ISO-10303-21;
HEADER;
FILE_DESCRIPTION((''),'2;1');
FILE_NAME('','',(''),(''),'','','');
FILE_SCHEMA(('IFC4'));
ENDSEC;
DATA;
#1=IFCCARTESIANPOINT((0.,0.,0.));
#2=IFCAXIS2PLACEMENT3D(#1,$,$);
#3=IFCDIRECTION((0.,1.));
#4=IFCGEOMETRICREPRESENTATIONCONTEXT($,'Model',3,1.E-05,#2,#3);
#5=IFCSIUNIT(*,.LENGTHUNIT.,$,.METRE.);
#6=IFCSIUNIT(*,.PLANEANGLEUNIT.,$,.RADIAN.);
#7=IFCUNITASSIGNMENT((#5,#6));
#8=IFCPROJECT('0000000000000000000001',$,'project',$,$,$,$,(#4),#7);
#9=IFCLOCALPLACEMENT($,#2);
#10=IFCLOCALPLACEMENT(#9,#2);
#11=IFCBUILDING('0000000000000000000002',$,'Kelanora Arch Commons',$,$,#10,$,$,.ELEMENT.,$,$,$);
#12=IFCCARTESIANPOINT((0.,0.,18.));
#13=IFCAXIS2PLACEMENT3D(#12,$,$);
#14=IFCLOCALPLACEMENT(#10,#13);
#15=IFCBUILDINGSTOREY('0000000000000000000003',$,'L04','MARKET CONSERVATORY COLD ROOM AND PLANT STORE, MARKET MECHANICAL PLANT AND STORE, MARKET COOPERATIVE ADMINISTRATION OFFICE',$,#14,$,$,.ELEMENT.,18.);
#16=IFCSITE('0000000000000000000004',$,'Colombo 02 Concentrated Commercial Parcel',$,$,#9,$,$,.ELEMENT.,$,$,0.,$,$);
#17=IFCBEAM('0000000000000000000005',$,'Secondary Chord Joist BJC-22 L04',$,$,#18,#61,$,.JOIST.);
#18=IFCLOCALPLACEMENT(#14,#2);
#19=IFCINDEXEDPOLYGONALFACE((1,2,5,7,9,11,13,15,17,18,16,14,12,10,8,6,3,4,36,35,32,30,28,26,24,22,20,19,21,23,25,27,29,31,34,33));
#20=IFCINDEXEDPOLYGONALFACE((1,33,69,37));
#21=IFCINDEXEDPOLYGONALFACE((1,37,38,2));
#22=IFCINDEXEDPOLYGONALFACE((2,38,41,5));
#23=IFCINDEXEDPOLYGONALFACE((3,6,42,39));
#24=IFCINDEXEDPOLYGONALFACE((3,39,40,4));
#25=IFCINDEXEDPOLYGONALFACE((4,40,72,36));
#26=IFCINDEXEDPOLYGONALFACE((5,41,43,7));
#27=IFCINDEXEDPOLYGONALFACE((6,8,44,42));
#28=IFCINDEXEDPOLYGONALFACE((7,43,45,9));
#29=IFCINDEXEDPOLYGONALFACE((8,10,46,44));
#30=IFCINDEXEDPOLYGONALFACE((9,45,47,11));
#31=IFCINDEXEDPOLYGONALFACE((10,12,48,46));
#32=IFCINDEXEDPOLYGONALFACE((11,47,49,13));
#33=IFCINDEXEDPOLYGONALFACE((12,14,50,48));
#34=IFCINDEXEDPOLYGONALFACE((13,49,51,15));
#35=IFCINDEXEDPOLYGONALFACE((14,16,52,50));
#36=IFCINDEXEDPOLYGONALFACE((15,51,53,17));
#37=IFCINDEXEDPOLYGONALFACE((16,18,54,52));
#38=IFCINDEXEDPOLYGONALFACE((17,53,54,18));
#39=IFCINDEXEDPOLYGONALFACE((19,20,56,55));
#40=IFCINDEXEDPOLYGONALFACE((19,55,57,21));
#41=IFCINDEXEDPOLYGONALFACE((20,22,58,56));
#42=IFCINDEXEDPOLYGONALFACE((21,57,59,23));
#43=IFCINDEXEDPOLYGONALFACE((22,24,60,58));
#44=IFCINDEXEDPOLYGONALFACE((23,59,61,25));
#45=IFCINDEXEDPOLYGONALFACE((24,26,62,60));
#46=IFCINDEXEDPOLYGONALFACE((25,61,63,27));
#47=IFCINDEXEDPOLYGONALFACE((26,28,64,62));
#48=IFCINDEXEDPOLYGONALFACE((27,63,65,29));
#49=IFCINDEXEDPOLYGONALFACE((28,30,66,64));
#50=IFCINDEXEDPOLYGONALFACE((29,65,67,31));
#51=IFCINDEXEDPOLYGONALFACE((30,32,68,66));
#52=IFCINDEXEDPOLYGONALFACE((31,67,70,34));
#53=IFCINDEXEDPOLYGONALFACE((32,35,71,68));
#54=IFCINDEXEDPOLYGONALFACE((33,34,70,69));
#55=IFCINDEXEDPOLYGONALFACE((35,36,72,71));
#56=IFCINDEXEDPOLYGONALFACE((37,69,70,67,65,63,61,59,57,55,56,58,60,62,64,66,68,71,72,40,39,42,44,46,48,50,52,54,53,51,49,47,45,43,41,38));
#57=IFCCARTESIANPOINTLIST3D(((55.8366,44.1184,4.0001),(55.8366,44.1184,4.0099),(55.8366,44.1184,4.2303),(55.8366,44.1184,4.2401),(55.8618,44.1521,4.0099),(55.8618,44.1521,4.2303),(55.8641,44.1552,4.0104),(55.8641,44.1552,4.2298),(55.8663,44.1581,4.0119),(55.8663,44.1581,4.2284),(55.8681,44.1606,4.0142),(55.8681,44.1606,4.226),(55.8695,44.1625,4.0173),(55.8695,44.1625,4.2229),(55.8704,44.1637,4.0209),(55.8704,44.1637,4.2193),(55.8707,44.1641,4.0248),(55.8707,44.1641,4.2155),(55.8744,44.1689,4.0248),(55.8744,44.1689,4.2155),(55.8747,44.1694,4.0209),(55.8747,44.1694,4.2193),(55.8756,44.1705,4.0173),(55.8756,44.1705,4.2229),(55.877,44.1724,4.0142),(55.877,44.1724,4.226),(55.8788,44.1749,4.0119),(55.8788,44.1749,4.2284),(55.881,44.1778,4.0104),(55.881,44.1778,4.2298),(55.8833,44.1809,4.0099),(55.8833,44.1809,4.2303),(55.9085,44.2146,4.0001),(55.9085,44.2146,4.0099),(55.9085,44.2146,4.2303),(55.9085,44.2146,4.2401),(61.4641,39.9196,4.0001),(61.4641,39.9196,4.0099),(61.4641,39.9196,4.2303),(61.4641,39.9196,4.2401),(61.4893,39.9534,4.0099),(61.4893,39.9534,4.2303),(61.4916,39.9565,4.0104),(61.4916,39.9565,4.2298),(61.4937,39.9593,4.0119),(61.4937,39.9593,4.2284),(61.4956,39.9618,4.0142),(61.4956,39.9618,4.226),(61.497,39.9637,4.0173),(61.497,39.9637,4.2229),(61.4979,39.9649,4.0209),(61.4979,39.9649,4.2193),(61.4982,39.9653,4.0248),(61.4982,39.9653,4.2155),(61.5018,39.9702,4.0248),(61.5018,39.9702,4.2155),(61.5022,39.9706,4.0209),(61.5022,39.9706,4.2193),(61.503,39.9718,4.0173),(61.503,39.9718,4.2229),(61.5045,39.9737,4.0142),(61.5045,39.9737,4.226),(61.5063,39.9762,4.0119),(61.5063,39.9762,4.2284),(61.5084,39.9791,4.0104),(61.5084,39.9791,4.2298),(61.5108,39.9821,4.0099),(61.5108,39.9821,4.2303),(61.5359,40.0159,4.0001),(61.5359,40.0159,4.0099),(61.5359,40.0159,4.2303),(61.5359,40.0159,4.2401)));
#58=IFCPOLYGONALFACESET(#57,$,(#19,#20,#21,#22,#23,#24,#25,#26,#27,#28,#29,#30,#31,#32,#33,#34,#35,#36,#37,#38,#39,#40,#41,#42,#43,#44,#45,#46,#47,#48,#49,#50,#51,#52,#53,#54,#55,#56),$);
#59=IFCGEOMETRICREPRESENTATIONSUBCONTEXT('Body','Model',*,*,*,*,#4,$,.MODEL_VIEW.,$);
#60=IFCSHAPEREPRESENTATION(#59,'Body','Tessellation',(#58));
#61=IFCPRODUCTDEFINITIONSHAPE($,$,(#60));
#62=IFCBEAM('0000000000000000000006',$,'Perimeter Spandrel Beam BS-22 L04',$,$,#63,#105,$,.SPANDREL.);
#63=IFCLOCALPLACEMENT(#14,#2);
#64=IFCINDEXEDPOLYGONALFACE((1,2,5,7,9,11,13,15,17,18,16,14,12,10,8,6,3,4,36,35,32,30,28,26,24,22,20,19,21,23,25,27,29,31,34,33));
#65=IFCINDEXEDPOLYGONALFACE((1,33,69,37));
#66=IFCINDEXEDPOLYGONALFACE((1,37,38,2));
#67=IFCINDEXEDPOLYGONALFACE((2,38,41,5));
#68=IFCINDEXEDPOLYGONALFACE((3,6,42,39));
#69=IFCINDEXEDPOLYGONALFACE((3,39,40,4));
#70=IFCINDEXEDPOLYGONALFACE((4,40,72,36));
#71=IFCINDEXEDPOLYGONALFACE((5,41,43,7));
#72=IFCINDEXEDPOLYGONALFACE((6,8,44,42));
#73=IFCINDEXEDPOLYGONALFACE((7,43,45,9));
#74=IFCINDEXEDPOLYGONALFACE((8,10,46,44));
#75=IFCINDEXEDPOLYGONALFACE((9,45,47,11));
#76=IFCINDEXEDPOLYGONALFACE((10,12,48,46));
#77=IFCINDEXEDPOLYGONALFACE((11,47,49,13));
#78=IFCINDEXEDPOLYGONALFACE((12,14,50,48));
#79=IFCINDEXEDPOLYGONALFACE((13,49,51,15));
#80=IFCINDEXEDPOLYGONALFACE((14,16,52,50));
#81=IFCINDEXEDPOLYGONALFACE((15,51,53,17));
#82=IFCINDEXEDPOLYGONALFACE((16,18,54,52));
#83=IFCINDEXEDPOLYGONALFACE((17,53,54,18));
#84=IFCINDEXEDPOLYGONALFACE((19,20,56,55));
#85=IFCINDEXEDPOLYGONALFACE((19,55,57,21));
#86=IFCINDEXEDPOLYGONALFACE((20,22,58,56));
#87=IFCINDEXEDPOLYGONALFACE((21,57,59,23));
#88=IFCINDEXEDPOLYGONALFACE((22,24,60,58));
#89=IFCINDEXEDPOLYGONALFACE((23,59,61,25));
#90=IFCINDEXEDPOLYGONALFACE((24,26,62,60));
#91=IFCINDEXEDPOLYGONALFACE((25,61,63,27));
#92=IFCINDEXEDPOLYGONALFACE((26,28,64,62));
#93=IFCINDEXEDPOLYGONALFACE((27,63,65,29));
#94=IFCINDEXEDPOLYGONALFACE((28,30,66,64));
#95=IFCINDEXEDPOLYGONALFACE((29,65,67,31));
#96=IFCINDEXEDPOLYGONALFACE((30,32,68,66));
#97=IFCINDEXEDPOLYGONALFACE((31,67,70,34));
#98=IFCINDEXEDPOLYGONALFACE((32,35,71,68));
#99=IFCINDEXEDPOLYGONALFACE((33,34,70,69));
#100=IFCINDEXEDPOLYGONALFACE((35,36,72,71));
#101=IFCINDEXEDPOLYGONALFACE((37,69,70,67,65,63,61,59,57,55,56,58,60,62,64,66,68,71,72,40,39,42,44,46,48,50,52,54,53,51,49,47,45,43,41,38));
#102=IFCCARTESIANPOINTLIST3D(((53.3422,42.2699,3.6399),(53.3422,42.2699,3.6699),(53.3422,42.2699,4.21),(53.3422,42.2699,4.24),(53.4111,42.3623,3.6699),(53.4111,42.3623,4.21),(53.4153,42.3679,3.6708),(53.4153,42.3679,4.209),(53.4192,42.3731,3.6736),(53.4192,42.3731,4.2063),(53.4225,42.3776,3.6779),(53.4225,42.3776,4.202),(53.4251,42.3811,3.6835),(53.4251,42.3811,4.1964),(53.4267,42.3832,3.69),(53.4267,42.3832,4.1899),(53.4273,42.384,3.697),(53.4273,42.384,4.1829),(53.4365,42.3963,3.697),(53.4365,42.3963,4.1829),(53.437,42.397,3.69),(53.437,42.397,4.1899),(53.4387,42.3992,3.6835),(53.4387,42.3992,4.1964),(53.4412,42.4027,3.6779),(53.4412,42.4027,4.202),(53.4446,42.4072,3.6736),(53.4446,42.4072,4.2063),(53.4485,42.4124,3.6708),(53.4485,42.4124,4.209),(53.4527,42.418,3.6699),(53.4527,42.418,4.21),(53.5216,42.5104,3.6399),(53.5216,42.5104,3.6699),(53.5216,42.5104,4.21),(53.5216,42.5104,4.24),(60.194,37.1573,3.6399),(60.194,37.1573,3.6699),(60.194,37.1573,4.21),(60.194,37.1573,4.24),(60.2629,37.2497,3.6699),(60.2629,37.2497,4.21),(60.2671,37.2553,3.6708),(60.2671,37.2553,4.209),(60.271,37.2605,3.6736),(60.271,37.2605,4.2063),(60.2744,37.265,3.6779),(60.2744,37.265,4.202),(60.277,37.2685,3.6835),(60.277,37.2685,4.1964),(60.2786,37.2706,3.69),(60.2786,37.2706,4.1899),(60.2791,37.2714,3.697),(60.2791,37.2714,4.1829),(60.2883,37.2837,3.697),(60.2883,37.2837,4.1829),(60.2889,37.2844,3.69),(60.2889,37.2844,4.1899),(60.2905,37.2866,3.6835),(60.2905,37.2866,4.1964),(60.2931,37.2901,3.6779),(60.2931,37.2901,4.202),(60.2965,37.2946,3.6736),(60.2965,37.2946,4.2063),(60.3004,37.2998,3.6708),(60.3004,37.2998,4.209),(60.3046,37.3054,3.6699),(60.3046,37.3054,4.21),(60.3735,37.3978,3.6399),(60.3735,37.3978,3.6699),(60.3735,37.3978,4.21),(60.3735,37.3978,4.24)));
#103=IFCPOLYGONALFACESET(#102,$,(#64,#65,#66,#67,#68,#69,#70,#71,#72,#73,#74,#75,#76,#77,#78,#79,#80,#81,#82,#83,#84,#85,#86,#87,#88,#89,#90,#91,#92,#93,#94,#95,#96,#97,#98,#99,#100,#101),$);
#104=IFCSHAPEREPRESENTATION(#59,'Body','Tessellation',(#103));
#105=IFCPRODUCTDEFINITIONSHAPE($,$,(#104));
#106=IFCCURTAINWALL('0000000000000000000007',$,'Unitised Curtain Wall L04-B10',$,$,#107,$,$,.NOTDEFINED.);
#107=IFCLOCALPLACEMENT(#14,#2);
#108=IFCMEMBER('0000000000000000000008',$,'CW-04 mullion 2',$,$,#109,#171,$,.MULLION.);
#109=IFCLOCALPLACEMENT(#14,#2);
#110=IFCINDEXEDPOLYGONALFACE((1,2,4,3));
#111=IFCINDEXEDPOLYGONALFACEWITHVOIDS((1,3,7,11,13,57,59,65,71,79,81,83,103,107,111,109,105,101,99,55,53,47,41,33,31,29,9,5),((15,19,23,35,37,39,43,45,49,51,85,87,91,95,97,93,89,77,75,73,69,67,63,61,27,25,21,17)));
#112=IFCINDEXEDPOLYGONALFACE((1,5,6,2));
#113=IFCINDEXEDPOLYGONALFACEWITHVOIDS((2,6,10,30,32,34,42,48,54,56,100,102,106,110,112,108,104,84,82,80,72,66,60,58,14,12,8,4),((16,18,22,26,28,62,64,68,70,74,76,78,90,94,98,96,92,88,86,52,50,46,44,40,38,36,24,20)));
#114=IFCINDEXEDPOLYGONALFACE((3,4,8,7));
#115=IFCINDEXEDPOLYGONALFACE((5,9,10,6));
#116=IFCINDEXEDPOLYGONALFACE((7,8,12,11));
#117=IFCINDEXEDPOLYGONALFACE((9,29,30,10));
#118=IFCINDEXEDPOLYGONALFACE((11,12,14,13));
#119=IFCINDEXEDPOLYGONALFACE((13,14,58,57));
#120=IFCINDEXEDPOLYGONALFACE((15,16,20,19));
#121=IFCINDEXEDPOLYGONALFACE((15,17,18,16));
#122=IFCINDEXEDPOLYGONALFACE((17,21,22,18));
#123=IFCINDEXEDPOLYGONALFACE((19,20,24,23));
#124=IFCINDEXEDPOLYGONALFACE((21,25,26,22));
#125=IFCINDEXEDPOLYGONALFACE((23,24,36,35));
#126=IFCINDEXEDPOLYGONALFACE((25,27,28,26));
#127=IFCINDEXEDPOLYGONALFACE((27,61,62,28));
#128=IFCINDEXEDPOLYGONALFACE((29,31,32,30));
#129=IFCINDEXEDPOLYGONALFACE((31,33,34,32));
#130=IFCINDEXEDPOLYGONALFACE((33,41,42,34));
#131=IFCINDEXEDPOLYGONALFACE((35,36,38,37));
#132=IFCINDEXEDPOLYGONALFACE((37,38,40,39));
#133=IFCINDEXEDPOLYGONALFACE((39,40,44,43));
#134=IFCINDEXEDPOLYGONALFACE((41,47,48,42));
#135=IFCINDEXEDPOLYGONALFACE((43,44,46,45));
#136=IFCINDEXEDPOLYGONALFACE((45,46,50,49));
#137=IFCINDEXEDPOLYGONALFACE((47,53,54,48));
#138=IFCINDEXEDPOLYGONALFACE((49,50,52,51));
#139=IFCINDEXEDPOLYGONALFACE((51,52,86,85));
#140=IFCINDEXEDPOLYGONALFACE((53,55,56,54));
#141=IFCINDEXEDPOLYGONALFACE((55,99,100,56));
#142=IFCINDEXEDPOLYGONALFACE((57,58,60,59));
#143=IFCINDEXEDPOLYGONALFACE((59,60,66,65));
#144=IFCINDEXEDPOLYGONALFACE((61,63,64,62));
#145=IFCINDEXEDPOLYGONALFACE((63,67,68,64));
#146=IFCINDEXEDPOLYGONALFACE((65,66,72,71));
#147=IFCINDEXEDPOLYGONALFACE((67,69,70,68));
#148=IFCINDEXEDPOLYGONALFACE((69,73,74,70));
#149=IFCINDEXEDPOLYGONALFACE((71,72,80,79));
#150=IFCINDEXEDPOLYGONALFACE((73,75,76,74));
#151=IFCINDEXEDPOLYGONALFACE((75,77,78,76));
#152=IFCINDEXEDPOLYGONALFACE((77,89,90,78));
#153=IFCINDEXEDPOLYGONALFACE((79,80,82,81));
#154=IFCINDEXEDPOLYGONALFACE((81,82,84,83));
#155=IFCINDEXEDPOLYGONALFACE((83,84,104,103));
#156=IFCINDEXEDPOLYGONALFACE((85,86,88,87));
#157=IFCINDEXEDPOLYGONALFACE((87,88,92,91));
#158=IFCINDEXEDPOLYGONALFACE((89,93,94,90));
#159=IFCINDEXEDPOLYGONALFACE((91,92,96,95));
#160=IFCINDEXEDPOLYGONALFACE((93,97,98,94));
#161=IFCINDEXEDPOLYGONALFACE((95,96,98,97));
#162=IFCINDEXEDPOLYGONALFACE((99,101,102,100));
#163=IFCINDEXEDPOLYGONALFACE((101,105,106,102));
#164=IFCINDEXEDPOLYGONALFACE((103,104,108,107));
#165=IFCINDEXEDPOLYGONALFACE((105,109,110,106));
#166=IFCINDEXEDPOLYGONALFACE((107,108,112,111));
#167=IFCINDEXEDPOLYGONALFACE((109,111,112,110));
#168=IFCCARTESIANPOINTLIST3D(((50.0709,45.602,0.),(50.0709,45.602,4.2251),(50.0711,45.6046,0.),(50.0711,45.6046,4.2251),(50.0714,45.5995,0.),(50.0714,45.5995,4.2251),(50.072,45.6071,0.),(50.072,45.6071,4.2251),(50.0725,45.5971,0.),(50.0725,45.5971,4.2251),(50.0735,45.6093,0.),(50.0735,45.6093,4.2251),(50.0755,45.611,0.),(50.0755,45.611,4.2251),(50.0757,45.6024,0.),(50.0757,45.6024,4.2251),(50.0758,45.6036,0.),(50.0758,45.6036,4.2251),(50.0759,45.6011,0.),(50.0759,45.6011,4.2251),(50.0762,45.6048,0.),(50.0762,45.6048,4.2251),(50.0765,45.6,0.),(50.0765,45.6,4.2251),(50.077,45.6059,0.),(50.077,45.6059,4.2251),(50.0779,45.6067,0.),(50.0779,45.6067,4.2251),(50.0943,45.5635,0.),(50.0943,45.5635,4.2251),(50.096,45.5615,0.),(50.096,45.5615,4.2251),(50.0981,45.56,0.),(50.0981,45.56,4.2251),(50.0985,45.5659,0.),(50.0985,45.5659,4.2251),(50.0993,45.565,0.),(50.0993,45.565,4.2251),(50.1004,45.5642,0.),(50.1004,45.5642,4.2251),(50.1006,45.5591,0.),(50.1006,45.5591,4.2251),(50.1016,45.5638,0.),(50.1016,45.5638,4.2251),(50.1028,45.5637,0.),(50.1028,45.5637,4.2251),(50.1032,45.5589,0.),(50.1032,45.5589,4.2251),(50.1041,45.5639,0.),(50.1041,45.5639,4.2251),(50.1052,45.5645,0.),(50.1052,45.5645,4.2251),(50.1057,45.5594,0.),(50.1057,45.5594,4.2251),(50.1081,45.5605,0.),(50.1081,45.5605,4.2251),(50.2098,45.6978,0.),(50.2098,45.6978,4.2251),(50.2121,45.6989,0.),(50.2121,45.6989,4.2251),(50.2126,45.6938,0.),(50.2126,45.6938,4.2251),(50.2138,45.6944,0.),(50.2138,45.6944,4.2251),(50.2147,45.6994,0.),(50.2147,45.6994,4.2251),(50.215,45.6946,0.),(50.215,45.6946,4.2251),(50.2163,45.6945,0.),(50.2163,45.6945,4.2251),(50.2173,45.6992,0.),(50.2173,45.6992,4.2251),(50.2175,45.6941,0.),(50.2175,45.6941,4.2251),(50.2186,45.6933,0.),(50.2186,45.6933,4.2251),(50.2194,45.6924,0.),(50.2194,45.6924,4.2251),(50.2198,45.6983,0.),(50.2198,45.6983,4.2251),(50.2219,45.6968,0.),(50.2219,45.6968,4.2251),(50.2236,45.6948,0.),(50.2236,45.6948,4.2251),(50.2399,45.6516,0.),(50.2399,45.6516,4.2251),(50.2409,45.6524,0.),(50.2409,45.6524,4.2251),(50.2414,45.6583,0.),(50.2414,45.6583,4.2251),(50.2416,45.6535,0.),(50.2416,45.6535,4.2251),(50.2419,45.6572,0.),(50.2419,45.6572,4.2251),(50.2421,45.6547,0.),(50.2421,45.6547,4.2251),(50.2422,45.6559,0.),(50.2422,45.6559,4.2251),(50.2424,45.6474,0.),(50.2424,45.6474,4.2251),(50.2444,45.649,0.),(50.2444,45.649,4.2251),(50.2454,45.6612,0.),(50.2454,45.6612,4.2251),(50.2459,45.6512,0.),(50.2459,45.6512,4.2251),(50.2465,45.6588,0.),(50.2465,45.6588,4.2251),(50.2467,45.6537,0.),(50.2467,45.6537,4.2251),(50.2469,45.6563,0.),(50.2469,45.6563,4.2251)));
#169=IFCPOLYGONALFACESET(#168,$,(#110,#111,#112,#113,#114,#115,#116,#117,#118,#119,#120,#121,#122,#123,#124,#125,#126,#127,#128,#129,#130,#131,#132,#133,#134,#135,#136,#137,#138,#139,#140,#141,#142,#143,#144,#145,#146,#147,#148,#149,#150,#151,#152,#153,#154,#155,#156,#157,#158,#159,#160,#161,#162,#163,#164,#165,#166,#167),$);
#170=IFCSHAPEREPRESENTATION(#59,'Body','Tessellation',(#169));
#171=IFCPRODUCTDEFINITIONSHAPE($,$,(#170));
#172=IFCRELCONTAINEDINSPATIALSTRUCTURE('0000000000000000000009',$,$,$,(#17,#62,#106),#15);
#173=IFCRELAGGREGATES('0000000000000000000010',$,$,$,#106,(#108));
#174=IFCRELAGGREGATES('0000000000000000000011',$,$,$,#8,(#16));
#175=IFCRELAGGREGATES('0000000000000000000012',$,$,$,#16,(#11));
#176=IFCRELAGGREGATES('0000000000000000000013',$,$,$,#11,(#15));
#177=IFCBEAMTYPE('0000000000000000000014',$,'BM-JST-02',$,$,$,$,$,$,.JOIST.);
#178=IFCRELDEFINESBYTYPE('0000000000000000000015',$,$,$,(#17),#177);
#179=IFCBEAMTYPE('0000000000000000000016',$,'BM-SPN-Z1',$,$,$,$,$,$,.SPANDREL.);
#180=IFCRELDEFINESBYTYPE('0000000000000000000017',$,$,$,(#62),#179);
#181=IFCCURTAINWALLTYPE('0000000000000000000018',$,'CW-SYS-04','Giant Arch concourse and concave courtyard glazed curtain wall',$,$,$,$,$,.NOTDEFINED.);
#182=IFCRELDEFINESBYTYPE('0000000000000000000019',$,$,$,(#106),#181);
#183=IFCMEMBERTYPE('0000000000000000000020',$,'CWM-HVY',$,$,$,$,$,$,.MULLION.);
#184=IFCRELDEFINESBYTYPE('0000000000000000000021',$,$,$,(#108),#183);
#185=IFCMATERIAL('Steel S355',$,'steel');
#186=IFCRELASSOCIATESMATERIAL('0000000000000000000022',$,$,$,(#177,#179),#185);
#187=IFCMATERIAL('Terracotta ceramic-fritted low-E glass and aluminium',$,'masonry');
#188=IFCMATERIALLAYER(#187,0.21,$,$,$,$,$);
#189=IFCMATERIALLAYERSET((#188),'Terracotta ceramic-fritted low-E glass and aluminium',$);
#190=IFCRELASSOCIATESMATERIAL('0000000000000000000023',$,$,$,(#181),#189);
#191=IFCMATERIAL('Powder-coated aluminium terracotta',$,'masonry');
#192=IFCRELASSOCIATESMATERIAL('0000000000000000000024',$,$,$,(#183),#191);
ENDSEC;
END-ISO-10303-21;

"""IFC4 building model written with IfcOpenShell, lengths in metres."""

from ifc_helpers import new_model, si_unit, direction, frame, origin, origin_2d, place, context, subcontext, project, spatial, hollow_rectangle, i_section, extrude, material, layer, layer_set, material_profile, profile_set, type_object, element, aggregate, save


model = new_model("IFC4")

# Units and contexts
model_context = context("Model", 3, precision=1e-05, world=origin(), true_north=direction((0.0, 1.0)))
body_context = subcontext(model_context, "Body", "Model", "MODEL_VIEW")
ifc_project = project(units=[si_unit("LENGTHUNIT", "METRE"), si_unit("PLANEANGLEUNIT", "RADIAN")], contexts=[model_context])

# Site, building, storey
site_placement = place(None, origin())
site = spatial("IfcSite", under=ifc_project, at=site_placement, Name="Colombo 02 Concentrated Commercial Parcel", CompositionType="ELEMENT", RefElevation=0.0)
building_placement = place(site_placement, origin())
building = spatial("IfcBuilding", under=site, at=building_placement, Name="Kelanora Arch Commons", CompositionType="ELEMENT")
storey_placement = place(building_placement, frame((0.0, 0.0, 18.0)))
storey = spatial("IfcBuildingStorey", under=building, at=storey_placement, Name="L04", Description="MARKET CONSERVATORY COLD ROOM AND PLANT STORE, MARKET MECHANICAL PLANT AND STORE, MARKET COOPERATIVE ADMINISTRATION OFFICE", CompositionType="ELEMENT", Elevation=18.0)

# Beams
ifc_material_1 = material(Name="Steel S355", Category="steel")
ifc_material_profile_1 = material_profile(ifc_material_1, i_section(OverallWidth=0.1201, OverallDepth=0.24, WebThickness=0.0061, FlangeThickness=0.0098, FilletRadius=0.0149, at=origin_2d()), Name="IPE240")
ifc_profile_set_1 = profile_set([ifc_material_profile_1], Name="Steel S355")
beam_type_1 = type_object("IfcBeamType", Name="BM-JST-02", PredefinedType="JOIST", material=ifc_profile_set_1)
beam_1_placement = place(storey_placement, frame((55.8726, 44.1665, 4.1201), z_axis=(0.801491, -0.598006, 0.0), x_axis=(0.598006, 0.801491, 0.0)))
element("IfcBeam", 1, at=beam_1_placement, inside=storey, type_object=beam_type_1, Name="Secondary Chord Joist BJC-22 L04", PredefinedType="JOIST", context=body_context, shape_type="SweptSolid", body=[
    extrude(i_section(OverallWidth=0.1201, OverallDepth=0.24, WebThickness=0.0061, FlangeThickness=0.0098, FilletRadius=0.0149, at=origin_2d()), origin(), (0.0, 0.0, 1.0), 7.0212),
])
ifc_material_profile_2 = material_profile(ifc_material_1, i_section(OverallWidth=0.3, OverallDepth=0.6001, WebThickness=0.0154, FlangeThickness=0.03, FilletRadius=0.0271, at=origin_2d()), Name="HEB600")
ifc_profile_set_2 = profile_set([ifc_material_profile_2], Name="Steel S355")
beam_type_2 = type_object("IfcBeamType", Name="BM-SPN-Z1", PredefinedType="SPANDREL", material=ifc_profile_set_2)
beam_2_placement = place(storey_placement, frame((53.4319, 42.3901, 3.9399), z_axis=(0.801475, -0.598029, 0.0), x_axis=(0.598029, 0.801475, 0.0)))
element("IfcBeam", 2, at=beam_2_placement, inside=storey, type_object=beam_type_2, Name="Perimeter Spandrel Beam BS-22 L04", PredefinedType="SPANDREL", context=body_context, shape_type="SweptSolid", body=[
    extrude(i_section(OverallWidth=0.3, OverallDepth=0.6001, WebThickness=0.0154, FlangeThickness=0.03, FilletRadius=0.0271, at=origin_2d()), origin(), (0.0, 0.0, 1.0), 8.5491),
])

# Curtain wall, member
ifc_material_2 = material(Name="Terracotta ceramic-fritted low-E glass and aluminium", Category="masonry")
ifc_layer_1 = layer(ifc_material_2, 0.21)
ifc_layer_set_1 = layer_set([ifc_layer_1], Name="Terracotta ceramic-fritted low-E glass and aluminium")
curtain_wall_type = type_object("IfcCurtainWallType", Name="CW-SYS-04", Description="Giant Arch concourse and concave courtyard glazed curtain wall", PredefinedType="NOTDEFINED", material=ifc_layer_set_1)
curtain_wall_placement = place(storey_placement, origin())
curtain_wall = element("IfcCurtainWall", 3, at=curtain_wall_placement, inside=storey, type_object=curtain_wall_type, Name="Unitised Curtain Wall L04-B10", PredefinedType="NOTDEFINED")
ifc_material_3 = material(Name="Powder-coated aluminium terracotta", Category="masonry")
ifc_material_profile_3 = material_profile(ifc_material_3, hollow_rectangle(XDim=0.1799, YDim=0.0601, WallThickness=0.0049, InnerFilletRadius=0.0049, OuterFilletRadius=0.01, at=origin_2d()), Name="CWM180x60")
ifc_profile_set_3 = profile_set([ifc_material_profile_3], Name="Powder-coated aluminium terracotta")
member_type_1 = type_object("IfcMemberType", Name="CWM-HVY", PredefinedType="MULLION", material=ifc_profile_set_3)
member_1_placement = place(storey_placement, frame((50.1589, 45.6292, 0.0), z_axis=(0.0, 0.0, 1.0), x_axis=(0.839729, 0.543006, 0.0)))
member_1 = element("IfcMember", 4, at=member_1_placement, type_object=member_type_1, Name="CW-04 mullion 2", PredefinedType="MULLION", context=body_context, shape_type="SweptSolid", body=[
    extrude(hollow_rectangle(XDim=0.1799, YDim=0.0601, WallThickness=0.0049, InnerFilletRadius=0.0049, OuterFilletRadius=0.01, at=origin_2d()), origin(), (0.0, 0.0, 1.0), 4.2251),
])
aggregate(curtain_wall, [member_1])

save(model, "model.ifc")
